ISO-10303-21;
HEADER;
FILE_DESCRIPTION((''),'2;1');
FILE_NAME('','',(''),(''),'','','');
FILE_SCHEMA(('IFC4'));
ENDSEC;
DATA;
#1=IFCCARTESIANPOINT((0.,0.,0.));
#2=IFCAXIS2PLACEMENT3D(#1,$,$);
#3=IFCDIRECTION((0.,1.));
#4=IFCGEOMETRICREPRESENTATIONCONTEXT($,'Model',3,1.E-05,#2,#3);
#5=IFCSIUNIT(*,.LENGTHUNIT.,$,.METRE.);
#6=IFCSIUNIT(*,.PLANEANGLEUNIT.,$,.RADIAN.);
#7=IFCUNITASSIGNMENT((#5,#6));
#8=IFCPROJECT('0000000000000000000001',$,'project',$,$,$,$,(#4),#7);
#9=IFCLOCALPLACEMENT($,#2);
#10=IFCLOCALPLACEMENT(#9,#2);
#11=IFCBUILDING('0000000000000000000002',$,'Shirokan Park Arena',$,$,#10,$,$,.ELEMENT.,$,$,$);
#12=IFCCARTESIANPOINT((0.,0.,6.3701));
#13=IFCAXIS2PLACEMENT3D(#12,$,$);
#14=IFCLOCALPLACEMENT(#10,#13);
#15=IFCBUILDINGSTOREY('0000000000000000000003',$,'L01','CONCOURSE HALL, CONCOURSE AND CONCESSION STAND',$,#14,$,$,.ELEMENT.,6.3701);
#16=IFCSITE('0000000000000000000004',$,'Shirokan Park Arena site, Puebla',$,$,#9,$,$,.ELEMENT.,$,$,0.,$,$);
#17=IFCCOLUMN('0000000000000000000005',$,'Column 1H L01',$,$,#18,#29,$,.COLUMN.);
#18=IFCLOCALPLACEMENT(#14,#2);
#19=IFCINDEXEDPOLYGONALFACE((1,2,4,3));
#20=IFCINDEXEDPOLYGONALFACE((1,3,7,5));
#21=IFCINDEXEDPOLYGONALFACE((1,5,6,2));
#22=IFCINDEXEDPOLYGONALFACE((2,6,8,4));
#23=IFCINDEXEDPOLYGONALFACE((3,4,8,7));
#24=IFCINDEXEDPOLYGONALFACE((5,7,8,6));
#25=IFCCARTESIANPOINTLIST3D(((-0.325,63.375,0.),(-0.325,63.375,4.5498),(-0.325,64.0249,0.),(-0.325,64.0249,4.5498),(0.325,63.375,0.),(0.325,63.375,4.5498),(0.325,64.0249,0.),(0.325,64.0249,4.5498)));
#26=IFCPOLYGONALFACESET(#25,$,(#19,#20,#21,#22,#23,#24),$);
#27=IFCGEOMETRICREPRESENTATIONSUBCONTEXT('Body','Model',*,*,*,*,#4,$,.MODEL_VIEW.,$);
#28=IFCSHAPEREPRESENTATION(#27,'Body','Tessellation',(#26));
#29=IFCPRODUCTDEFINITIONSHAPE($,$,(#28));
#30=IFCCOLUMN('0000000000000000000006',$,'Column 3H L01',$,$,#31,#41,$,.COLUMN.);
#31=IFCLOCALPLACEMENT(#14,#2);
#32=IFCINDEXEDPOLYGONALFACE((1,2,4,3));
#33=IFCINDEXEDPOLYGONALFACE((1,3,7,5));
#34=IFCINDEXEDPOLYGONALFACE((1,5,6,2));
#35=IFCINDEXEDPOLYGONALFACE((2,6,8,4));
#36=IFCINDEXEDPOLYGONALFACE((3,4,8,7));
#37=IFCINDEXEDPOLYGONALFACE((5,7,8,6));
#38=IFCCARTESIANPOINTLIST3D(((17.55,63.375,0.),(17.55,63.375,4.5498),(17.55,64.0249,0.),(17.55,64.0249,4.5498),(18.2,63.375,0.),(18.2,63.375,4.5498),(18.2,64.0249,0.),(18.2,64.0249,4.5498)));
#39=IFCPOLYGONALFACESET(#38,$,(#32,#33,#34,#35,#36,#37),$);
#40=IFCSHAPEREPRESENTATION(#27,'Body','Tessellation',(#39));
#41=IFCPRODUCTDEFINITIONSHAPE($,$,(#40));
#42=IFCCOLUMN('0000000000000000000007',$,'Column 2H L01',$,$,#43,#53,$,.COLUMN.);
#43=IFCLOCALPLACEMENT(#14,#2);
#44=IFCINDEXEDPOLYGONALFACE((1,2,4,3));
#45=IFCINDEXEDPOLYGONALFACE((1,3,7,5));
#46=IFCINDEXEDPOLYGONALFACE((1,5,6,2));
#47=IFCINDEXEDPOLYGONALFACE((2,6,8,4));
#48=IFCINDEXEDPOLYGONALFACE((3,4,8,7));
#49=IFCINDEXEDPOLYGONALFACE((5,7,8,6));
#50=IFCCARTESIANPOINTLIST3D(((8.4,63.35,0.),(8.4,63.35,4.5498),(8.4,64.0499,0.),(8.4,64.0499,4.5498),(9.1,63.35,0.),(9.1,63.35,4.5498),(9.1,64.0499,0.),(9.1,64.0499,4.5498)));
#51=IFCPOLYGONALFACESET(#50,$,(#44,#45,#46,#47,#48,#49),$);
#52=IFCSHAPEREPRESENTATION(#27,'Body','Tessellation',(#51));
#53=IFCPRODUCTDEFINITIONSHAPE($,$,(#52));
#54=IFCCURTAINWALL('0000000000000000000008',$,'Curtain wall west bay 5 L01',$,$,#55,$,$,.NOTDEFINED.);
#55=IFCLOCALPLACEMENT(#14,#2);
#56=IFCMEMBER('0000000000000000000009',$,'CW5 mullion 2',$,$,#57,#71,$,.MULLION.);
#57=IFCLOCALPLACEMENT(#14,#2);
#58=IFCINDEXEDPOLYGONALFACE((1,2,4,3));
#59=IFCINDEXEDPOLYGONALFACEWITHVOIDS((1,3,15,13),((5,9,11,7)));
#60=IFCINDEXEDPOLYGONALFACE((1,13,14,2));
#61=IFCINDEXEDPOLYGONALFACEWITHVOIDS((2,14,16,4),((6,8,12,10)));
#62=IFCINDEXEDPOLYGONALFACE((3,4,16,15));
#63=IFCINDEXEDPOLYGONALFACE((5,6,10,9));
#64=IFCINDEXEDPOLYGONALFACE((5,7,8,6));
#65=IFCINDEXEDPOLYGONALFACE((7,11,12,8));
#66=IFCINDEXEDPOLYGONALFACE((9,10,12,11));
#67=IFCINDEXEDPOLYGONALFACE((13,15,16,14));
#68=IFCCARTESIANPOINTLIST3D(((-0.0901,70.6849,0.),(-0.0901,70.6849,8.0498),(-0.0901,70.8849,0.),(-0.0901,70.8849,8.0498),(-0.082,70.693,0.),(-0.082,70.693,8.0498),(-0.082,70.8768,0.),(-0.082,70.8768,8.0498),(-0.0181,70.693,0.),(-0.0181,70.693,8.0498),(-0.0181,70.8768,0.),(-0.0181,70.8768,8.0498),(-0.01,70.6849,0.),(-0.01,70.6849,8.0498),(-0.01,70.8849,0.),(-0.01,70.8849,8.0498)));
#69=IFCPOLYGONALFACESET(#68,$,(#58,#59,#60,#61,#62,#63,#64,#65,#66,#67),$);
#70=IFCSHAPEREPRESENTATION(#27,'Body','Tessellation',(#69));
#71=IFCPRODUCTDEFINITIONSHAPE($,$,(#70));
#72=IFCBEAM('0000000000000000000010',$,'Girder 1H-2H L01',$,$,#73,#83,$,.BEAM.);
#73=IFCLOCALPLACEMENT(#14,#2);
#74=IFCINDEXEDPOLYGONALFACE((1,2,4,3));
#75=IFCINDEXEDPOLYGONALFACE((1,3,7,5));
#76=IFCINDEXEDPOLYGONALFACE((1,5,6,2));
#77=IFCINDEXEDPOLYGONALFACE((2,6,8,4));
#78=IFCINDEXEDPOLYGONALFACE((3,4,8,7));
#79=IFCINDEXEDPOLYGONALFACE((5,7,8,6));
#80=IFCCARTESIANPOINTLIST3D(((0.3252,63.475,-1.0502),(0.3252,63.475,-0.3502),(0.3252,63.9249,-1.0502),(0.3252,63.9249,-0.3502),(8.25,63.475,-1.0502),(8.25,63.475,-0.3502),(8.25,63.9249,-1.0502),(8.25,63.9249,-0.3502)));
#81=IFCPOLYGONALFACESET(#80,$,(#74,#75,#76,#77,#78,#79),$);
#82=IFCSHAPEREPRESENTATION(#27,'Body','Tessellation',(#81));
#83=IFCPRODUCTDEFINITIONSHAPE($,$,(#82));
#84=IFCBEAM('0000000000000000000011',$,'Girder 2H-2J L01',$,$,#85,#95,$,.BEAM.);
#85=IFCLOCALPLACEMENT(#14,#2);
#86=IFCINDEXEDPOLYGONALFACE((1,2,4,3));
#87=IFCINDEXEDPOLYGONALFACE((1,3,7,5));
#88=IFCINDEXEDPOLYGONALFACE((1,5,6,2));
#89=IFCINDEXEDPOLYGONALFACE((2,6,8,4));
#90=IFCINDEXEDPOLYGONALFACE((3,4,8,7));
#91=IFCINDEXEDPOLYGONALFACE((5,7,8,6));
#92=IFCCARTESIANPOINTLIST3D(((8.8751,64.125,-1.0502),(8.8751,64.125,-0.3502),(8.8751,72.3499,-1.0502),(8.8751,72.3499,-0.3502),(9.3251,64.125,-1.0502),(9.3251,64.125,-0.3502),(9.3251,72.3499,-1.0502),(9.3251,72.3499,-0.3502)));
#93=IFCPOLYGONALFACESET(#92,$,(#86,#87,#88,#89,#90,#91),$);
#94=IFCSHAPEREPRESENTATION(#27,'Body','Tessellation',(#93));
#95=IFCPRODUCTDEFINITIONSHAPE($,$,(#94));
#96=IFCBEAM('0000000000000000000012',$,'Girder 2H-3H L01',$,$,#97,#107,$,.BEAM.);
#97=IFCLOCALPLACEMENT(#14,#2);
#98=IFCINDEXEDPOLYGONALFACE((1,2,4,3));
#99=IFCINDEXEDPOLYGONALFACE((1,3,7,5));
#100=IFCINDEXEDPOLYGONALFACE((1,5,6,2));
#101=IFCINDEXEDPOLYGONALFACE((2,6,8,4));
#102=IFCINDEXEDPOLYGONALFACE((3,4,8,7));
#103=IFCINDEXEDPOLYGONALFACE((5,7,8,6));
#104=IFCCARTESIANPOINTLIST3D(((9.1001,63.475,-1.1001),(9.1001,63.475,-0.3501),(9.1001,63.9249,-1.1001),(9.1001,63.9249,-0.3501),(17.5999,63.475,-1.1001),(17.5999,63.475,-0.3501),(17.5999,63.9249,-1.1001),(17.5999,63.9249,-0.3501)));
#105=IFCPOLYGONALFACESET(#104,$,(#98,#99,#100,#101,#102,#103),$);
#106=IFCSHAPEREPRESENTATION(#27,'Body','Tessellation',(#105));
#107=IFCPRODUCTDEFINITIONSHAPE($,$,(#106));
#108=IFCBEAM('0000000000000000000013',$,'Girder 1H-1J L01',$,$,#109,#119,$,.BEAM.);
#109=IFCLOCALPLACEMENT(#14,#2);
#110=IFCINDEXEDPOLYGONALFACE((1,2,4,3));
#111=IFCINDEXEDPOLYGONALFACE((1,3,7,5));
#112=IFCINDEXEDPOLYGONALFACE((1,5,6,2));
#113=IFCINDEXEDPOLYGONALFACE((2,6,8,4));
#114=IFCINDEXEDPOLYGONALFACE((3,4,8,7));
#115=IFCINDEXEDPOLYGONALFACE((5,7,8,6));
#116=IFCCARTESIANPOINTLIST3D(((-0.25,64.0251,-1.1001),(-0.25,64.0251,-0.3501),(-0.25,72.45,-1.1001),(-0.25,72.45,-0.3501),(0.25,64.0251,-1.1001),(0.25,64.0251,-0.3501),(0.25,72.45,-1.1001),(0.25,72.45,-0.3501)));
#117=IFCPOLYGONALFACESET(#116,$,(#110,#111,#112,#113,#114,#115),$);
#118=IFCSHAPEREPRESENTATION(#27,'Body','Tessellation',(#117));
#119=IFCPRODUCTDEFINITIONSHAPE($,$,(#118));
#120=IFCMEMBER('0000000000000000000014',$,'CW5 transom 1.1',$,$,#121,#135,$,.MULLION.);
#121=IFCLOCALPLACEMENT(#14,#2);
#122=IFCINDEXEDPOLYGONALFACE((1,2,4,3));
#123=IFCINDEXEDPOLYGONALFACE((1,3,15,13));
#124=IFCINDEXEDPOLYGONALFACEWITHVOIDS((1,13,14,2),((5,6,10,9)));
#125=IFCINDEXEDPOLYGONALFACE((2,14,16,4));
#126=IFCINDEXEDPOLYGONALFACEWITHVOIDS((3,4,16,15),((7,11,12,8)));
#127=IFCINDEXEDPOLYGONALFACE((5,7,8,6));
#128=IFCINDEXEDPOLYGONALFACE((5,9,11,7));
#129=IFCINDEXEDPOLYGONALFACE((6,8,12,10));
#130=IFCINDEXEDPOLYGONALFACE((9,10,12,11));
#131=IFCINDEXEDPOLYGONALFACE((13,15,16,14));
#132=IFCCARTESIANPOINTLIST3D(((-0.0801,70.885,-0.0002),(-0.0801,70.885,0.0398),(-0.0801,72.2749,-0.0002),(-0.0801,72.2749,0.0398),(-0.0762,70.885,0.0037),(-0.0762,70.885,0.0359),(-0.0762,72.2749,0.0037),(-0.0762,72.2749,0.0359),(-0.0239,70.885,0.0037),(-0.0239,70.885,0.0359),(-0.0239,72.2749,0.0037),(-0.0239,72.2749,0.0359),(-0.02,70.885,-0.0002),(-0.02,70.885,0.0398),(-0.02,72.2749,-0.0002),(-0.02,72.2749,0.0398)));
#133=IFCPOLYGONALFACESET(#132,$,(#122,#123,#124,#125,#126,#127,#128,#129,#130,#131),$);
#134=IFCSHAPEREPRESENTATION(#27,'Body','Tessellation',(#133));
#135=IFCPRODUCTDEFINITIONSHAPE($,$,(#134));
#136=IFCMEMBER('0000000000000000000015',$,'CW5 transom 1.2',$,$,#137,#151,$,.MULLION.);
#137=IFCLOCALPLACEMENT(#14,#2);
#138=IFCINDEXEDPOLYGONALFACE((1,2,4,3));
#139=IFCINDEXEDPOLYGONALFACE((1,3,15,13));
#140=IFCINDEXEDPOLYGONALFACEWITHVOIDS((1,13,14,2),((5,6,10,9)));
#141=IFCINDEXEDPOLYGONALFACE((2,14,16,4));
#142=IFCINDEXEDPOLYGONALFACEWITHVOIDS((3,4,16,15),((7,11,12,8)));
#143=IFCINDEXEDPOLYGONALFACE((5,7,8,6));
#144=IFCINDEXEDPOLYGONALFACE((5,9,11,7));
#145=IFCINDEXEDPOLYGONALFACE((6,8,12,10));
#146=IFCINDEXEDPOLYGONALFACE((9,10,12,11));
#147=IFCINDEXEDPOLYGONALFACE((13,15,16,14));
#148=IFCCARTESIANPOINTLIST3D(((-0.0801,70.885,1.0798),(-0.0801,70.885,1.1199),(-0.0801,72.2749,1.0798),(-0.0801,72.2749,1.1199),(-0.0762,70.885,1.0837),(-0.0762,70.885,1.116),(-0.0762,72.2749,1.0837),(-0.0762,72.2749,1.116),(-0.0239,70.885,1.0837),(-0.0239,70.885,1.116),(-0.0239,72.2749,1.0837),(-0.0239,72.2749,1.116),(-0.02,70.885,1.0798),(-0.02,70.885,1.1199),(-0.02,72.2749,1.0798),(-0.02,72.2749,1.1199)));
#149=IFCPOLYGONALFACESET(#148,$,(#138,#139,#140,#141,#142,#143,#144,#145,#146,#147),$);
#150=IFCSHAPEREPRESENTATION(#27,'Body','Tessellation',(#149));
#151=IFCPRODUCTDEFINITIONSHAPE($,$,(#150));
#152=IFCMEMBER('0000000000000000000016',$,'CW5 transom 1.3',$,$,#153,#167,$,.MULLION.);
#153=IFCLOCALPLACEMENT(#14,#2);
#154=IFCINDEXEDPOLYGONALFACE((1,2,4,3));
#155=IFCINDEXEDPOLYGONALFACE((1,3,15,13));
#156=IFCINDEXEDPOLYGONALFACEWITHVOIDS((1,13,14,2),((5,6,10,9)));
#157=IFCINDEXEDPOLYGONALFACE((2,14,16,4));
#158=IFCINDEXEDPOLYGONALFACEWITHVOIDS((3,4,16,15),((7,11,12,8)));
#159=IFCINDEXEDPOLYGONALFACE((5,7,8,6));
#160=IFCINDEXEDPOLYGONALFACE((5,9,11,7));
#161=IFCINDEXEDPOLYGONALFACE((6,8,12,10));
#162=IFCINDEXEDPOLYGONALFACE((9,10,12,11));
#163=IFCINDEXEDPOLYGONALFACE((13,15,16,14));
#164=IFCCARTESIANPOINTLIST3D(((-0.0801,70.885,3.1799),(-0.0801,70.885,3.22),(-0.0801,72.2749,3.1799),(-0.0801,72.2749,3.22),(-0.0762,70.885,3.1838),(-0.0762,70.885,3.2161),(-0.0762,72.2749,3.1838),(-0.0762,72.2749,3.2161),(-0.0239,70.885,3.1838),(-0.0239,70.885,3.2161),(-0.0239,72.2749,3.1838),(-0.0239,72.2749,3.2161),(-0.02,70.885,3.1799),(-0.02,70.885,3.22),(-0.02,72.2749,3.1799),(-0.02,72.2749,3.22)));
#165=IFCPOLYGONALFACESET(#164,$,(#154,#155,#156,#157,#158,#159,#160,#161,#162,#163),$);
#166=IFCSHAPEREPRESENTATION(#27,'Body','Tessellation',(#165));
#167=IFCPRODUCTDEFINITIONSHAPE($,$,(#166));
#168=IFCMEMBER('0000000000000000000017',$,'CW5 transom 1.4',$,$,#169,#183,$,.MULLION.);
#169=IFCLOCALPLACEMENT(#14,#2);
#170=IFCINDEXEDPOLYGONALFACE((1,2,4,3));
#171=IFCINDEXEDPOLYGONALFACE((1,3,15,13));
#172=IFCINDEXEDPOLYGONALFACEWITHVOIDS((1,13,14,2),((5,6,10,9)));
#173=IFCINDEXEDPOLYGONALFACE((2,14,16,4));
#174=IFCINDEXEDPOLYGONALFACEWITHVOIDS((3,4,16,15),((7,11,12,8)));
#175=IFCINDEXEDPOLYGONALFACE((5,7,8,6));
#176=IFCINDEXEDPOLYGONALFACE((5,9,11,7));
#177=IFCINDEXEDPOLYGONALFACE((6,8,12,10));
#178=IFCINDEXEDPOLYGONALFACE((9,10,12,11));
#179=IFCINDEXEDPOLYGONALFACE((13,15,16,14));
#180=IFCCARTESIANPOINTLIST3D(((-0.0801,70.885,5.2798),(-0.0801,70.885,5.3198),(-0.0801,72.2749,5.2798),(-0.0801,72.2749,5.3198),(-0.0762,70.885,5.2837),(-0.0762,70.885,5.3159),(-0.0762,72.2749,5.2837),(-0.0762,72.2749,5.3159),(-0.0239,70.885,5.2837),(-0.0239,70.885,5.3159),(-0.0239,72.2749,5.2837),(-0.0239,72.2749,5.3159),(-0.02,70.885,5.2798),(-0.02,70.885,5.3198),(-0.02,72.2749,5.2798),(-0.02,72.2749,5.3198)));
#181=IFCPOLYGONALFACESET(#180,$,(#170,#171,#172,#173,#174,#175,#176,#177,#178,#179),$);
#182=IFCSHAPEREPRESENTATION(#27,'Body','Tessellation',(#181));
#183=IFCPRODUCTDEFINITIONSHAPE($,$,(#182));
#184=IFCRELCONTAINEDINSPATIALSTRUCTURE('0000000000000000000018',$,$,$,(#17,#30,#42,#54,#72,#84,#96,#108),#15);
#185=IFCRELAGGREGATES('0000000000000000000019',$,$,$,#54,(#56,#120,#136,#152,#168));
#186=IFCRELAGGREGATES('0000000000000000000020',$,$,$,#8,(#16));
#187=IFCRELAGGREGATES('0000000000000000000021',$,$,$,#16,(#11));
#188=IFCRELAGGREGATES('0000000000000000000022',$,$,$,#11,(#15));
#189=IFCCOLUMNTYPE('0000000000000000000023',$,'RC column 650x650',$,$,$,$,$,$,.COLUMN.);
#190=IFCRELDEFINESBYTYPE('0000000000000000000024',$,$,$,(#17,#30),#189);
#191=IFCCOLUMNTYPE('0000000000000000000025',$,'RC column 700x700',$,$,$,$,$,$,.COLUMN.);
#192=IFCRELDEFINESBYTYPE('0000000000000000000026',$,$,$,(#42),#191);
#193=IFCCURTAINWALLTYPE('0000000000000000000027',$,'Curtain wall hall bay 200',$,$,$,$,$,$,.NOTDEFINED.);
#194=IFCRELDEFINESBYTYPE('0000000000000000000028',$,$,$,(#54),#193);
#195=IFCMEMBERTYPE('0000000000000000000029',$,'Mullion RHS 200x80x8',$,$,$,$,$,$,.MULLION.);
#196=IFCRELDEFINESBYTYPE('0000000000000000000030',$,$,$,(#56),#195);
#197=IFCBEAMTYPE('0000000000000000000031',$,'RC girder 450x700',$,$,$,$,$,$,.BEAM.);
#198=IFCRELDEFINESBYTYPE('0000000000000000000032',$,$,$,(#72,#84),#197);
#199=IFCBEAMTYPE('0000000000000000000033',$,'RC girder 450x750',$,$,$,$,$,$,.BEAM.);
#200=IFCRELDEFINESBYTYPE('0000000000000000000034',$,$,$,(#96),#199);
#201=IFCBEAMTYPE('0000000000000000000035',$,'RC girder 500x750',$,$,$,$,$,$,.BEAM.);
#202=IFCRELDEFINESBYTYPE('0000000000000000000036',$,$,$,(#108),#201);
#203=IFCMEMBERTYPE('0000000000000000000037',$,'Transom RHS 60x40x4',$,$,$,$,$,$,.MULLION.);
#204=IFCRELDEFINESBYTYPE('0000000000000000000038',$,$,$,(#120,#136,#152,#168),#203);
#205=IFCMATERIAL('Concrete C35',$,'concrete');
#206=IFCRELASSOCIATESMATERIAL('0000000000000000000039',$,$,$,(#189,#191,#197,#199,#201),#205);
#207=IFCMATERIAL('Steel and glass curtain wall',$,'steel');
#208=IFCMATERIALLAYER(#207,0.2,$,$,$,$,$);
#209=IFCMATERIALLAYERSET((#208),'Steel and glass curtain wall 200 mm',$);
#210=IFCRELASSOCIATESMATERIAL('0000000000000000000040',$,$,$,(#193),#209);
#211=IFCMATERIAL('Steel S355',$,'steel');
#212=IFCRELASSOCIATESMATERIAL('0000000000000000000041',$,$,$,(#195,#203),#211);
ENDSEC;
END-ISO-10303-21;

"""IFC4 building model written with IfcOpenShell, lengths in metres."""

from ifc_helpers import new_model, si_unit, direction, frame, origin, origin_2d, place, context, subcontext, project, spatial, rectangle, hollow_rectangle, extrude, material, layer, layer_set, material_profile, profile_set, type_object, element, aggregate, save


model = new_model("IFC4")

# Units and contexts
model_context = context("Model", 3, precision=1e-05, world=origin(), true_north=direction((0.0, 1.0)))
body_context = subcontext(model_context, "Body", "Model", "MODEL_VIEW")
ifc_project = project(units=[si_unit("LENGTHUNIT", "METRE"), si_unit("PLANEANGLEUNIT", "RADIAN")], contexts=[model_context])

# Site, building, storey
site_placement = place(None, origin())
site = spatial("IfcSite", under=ifc_project, at=site_placement, Name="Shirokan Park Arena site, Puebla", CompositionType="ELEMENT", RefElevation=0.0)
building_placement = place(site_placement, origin())
building = spatial("IfcBuilding", under=site, at=building_placement, Name="Shirokan Park Arena", CompositionType="ELEMENT")
storey_placement = place(building_placement, frame((0.0, 0.0, 6.3701)))
storey = spatial("IfcBuildingStorey", under=building, at=storey_placement, Name="L01", Description="CONCOURSE HALL, CONCOURSE AND CONCESSION STAND", CompositionType="ELEMENT", Elevation=6.3701)

# Columns
ifc_material_1 = material(Name="Concrete C35", Category="concrete")
ifc_material_profile_1 = material_profile(ifc_material_1, rectangle(XDim=0.6499, YDim=0.6499, at=origin_2d()), Name="650x650")
ifc_profile_set_1 = profile_set([ifc_material_profile_1], Name="Concrete C35")
column_type_1 = type_object("IfcColumnType", Name="RC column 650x650", PredefinedType="COLUMN", material=ifc_profile_set_1)
for number, where, z_axis, x_axis, name in (
    (1, (0.0, 63.7, 0.0), (0.0, 0.0, 1.0), (1.0, 0.0, 0.0), "Column 1H L01"),
    (2, (17.875, 63.7, 0.0), (0.0, 0.0, 1.0), (1.0, 0.0, 0.0), "Column 3H L01"),
):
    element("IfcColumn", number, at=place(storey_placement, frame(where, z_axis=z_axis, x_axis=x_axis)), inside=storey, type_object=column_type_1, Name=name, PredefinedType="COLUMN", context=body_context, shape_type="SweptSolid", body=[
        extrude(rectangle(XDim=0.6499, YDim=0.6499, at=origin_2d()), origin(), (0.0, 0.0, 1.0), 4.5498),
    ])
ifc_material_profile_2 = material_profile(ifc_material_1, rectangle(XDim=0.7, YDim=0.7, at=origin_2d()), Name="700x700")
ifc_profile_set_2 = profile_set([ifc_material_profile_2], Name="Concrete C35")
column_type_2 = type_object("IfcColumnType", Name="RC column 700x700", PredefinedType="COLUMN", material=ifc_profile_set_2)
column_placement = place(storey_placement, frame((8.75, 63.7, 0.0), z_axis=(0.0, 0.0, 1.0), x_axis=(1.0, 0.0, 0.0)))
element("IfcColumn", 3, at=column_placement, inside=storey, type_object=column_type_2, Name="Column 2H L01", PredefinedType="COLUMN", context=body_context, shape_type="SweptSolid", body=[
    extrude(rectangle(XDim=0.7, YDim=0.7, at=origin_2d()), origin(), (0.0, 0.0, 1.0), 4.5498),
])

# Curtain wall, member
ifc_material_2 = material(Name="Steel and glass curtain wall", Category="steel")
ifc_layer_1 = layer(ifc_material_2, 0.2)
ifc_layer_set_1 = layer_set([ifc_layer_1], Name="Steel and glass curtain wall 200 mm")
curtain_wall_type = type_object("IfcCurtainWallType", Name="Curtain wall hall bay 200", PredefinedType="NOTDEFINED", material=ifc_layer_set_1)
curtain_wall_placement = place(storey_placement, origin())
curtain_wall = element("IfcCurtainWall", 4, at=curtain_wall_placement, inside=storey, type_object=curtain_wall_type, Name="Curtain wall west bay 5 L01", PredefinedType="NOTDEFINED")
ifc_material_3 = material(Name="Steel S355", Category="steel")
ifc_material_profile_3 = material_profile(ifc_material_3, hollow_rectangle(XDim=0.0801, YDim=0.2, WallThickness=0.0081, at=origin_2d()), Name="RHS 200x80x8")
ifc_profile_set_3 = profile_set([ifc_material_profile_3], Name="Steel S355")
member_type_1 = type_object("IfcMemberType", Name="Mullion RHS 200x80x8", PredefinedType="MULLION", material=ifc_profile_set_3)
member_1_placement = place(storey_placement, frame((-0.05, 70.7849, 0.0), z_axis=(0.0, 0.0, 1.0), x_axis=(1.0, 0.0, 0.0)))
member_1 = element("IfcMember", 5, at=member_1_placement, type_object=member_type_1, Name="CW5 mullion 2", PredefinedType="MULLION", context=body_context, shape_type="SweptSolid", body=[
    extrude(hollow_rectangle(XDim=0.0801, YDim=0.2, WallThickness=0.0081, at=origin_2d()), origin(), (0.0, 0.0, 1.0), 8.0498),
])

# Beams
ifc_material_profile_4 = material_profile(ifc_material_1, rectangle(XDim=0.45, YDim=0.7, at=origin_2d()), Name="450x700")
ifc_profile_set_4 = profile_set([ifc_material_profile_4], Name="Concrete C35")
beam_type_1 = type_object("IfcBeamType", Name="RC girder 450x700", PredefinedType="BEAM", material=ifc_profile_set_4)
beam_1_placement = place(storey_placement, frame((0.3252, 63.7, -0.7002), z_axis=(1.0, 0.0, 0.0), x_axis=(0.0, 1.0, 0.0)))
element("IfcBeam", 6, at=beam_1_placement, inside=storey, type_object=beam_type_1, Name="Girder 1H-2H L01", PredefinedType="BEAM", context=body_context, shape_type="SweptSolid", body=[
    extrude(rectangle(XDim=0.45, YDim=0.7, at=origin_2d()), origin(), (0.0, 0.0, 1.0), 7.9248),
])
beam_2_placement = place(storey_placement, frame((9.1001, 64.125, -0.7002), z_axis=(0.0, 1.0, 0.0), x_axis=(-1.0, 0.0, 0.0)))
element("IfcBeam", 7, at=beam_2_placement, inside=storey, type_object=beam_type_1, Name="Girder 2H-2J L01", PredefinedType="BEAM", context=body_context, shape_type="SweptSolid", body=[
    extrude(rectangle(XDim=0.45, YDim=0.7, at=origin_2d()), origin(), (0.0, 0.0, 1.0), 8.2249),
])
ifc_material_profile_5 = material_profile(ifc_material_1, rectangle(XDim=0.45, YDim=0.75, at=origin_2d()), Name="450x750")
ifc_profile_set_5 = profile_set([ifc_material_profile_5], Name="Concrete C35")
beam_type_2 = type_object("IfcBeamType", Name="RC girder 450x750", PredefinedType="BEAM", material=ifc_profile_set_5)
beam_3_placement = place(storey_placement, frame((9.1001, 63.7, -0.7251), z_axis=(1.0, 0.0, 0.0), x_axis=(0.0, 1.0, 0.0)))
element("IfcBeam", 8, at=beam_3_placement, inside=storey, type_object=beam_type_2, Name="Girder 2H-3H L01", PredefinedType="BEAM", context=body_context, shape_type="SweptSolid", body=[
    extrude(rectangle(XDim=0.45, YDim=0.75, at=origin_2d()), origin(), (0.0, 0.0, 1.0), 8.4998),
])
ifc_material_profile_6 = material_profile(ifc_material_1, rectangle(XDim=0.5, YDim=0.75, at=origin_2d()), Name="500x750")
ifc_profile_set_6 = profile_set([ifc_material_profile_6], Name="Concrete C35")
beam_type_3 = type_object("IfcBeamType", Name="RC girder 500x750", PredefinedType="BEAM", material=ifc_profile_set_6)
beam_4_placement = place(storey_placement, frame((0.0, 64.0251, -0.7251), z_axis=(0.0, 1.0, 0.0), x_axis=(-1.0, 0.0, 0.0)))
element("IfcBeam", 9, at=beam_4_placement, inside=storey, type_object=beam_type_3, Name="Girder 1H-1J L01", PredefinedType="BEAM", context=body_context, shape_type="SweptSolid", body=[
    extrude(rectangle(XDim=0.5, YDim=0.75, at=origin_2d()), origin(), (0.0, 0.0, 1.0), 8.4248),
])

# Members
ifc_material_profile_7 = material_profile(ifc_material_3, hollow_rectangle(XDim=0.0601, YDim=0.04, WallThickness=0.0039, at=origin_2d()), Name="RHS 60x40x4")
ifc_profile_set_7 = profile_set([ifc_material_profile_7], Name="Steel S355")
member_type_2 = type_object("IfcMemberType", Name="Transom RHS 60x40x4", PredefinedType="MULLION", material=ifc_profile_set_7)
member_2_placement = place(storey_placement, frame((-0.05, 72.2749, 0.0198), z_axis=(0.0, -1.0, 0.0), x_axis=(1.0, 0.0, 0.0)))
member_2 = element("IfcMember", 10, at=member_2_placement, type_object=member_type_2, Name="CW5 transom 1.1", PredefinedType="MULLION", context=body_context, shape_type="SweptSolid", body=[
    extrude(hollow_rectangle(XDim=0.0601, YDim=0.04, WallThickness=0.0039, at=origin_2d()), origin(), (0.0, 0.0, 1.0), 1.3899),
])
member_3_placement = place(storey_placement, frame((-0.05, 72.2749, 1.0999), z_axis=(0.0, -1.0, 0.0), x_axis=(1.0, 0.0, 0.0)))
member_3 = element("IfcMember", 11, at=member_3_placement, type_object=member_type_2, Name="CW5 transom 1.2", PredefinedType="MULLION", context=body_context, shape_type="SweptSolid", body=[
    extrude(hollow_rectangle(XDim=0.0601, YDim=0.04, WallThickness=0.0039, at=origin_2d()), origin(), (0.0, 0.0, 1.0), 1.3899),
])
member_4_placement = place(storey_placement, frame((-0.05, 72.2749, 3.2), z_axis=(0.0, -1.0, 0.0), x_axis=(1.0, 0.0, 0.0)))
member_4 = element("IfcMember", 12, at=member_4_placement, type_object=member_type_2, Name="CW5 transom 1.3", PredefinedType="MULLION", context=body_context, shape_type="SweptSolid", body=[
    extrude(hollow_rectangle(XDim=0.0601, YDim=0.04, WallThickness=0.0039, at=origin_2d()), origin(), (0.0, 0.0, 1.0), 1.3899),
])
member_5_placement = place(storey_placement, frame((-0.05, 72.2749, 5.2998), z_axis=(0.0, -1.0, 0.0), x_axis=(1.0, 0.0, 0.0)))
member_5 = element("IfcMember", 13, at=member_5_placement, type_object=member_type_2, Name="CW5 transom 1.4", PredefinedType="MULLION", context=body_context, shape_type="SweptSolid", body=[
    extrude(hollow_rectangle(XDim=0.0601, YDim=0.04, WallThickness=0.0039, at=origin_2d()), origin(), (0.0, 0.0, 1.0), 1.3899),
])

aggregate(curtain_wall, [member_1, member_2, member_3, member_4, member_5])

save(model, "model.ifc")
